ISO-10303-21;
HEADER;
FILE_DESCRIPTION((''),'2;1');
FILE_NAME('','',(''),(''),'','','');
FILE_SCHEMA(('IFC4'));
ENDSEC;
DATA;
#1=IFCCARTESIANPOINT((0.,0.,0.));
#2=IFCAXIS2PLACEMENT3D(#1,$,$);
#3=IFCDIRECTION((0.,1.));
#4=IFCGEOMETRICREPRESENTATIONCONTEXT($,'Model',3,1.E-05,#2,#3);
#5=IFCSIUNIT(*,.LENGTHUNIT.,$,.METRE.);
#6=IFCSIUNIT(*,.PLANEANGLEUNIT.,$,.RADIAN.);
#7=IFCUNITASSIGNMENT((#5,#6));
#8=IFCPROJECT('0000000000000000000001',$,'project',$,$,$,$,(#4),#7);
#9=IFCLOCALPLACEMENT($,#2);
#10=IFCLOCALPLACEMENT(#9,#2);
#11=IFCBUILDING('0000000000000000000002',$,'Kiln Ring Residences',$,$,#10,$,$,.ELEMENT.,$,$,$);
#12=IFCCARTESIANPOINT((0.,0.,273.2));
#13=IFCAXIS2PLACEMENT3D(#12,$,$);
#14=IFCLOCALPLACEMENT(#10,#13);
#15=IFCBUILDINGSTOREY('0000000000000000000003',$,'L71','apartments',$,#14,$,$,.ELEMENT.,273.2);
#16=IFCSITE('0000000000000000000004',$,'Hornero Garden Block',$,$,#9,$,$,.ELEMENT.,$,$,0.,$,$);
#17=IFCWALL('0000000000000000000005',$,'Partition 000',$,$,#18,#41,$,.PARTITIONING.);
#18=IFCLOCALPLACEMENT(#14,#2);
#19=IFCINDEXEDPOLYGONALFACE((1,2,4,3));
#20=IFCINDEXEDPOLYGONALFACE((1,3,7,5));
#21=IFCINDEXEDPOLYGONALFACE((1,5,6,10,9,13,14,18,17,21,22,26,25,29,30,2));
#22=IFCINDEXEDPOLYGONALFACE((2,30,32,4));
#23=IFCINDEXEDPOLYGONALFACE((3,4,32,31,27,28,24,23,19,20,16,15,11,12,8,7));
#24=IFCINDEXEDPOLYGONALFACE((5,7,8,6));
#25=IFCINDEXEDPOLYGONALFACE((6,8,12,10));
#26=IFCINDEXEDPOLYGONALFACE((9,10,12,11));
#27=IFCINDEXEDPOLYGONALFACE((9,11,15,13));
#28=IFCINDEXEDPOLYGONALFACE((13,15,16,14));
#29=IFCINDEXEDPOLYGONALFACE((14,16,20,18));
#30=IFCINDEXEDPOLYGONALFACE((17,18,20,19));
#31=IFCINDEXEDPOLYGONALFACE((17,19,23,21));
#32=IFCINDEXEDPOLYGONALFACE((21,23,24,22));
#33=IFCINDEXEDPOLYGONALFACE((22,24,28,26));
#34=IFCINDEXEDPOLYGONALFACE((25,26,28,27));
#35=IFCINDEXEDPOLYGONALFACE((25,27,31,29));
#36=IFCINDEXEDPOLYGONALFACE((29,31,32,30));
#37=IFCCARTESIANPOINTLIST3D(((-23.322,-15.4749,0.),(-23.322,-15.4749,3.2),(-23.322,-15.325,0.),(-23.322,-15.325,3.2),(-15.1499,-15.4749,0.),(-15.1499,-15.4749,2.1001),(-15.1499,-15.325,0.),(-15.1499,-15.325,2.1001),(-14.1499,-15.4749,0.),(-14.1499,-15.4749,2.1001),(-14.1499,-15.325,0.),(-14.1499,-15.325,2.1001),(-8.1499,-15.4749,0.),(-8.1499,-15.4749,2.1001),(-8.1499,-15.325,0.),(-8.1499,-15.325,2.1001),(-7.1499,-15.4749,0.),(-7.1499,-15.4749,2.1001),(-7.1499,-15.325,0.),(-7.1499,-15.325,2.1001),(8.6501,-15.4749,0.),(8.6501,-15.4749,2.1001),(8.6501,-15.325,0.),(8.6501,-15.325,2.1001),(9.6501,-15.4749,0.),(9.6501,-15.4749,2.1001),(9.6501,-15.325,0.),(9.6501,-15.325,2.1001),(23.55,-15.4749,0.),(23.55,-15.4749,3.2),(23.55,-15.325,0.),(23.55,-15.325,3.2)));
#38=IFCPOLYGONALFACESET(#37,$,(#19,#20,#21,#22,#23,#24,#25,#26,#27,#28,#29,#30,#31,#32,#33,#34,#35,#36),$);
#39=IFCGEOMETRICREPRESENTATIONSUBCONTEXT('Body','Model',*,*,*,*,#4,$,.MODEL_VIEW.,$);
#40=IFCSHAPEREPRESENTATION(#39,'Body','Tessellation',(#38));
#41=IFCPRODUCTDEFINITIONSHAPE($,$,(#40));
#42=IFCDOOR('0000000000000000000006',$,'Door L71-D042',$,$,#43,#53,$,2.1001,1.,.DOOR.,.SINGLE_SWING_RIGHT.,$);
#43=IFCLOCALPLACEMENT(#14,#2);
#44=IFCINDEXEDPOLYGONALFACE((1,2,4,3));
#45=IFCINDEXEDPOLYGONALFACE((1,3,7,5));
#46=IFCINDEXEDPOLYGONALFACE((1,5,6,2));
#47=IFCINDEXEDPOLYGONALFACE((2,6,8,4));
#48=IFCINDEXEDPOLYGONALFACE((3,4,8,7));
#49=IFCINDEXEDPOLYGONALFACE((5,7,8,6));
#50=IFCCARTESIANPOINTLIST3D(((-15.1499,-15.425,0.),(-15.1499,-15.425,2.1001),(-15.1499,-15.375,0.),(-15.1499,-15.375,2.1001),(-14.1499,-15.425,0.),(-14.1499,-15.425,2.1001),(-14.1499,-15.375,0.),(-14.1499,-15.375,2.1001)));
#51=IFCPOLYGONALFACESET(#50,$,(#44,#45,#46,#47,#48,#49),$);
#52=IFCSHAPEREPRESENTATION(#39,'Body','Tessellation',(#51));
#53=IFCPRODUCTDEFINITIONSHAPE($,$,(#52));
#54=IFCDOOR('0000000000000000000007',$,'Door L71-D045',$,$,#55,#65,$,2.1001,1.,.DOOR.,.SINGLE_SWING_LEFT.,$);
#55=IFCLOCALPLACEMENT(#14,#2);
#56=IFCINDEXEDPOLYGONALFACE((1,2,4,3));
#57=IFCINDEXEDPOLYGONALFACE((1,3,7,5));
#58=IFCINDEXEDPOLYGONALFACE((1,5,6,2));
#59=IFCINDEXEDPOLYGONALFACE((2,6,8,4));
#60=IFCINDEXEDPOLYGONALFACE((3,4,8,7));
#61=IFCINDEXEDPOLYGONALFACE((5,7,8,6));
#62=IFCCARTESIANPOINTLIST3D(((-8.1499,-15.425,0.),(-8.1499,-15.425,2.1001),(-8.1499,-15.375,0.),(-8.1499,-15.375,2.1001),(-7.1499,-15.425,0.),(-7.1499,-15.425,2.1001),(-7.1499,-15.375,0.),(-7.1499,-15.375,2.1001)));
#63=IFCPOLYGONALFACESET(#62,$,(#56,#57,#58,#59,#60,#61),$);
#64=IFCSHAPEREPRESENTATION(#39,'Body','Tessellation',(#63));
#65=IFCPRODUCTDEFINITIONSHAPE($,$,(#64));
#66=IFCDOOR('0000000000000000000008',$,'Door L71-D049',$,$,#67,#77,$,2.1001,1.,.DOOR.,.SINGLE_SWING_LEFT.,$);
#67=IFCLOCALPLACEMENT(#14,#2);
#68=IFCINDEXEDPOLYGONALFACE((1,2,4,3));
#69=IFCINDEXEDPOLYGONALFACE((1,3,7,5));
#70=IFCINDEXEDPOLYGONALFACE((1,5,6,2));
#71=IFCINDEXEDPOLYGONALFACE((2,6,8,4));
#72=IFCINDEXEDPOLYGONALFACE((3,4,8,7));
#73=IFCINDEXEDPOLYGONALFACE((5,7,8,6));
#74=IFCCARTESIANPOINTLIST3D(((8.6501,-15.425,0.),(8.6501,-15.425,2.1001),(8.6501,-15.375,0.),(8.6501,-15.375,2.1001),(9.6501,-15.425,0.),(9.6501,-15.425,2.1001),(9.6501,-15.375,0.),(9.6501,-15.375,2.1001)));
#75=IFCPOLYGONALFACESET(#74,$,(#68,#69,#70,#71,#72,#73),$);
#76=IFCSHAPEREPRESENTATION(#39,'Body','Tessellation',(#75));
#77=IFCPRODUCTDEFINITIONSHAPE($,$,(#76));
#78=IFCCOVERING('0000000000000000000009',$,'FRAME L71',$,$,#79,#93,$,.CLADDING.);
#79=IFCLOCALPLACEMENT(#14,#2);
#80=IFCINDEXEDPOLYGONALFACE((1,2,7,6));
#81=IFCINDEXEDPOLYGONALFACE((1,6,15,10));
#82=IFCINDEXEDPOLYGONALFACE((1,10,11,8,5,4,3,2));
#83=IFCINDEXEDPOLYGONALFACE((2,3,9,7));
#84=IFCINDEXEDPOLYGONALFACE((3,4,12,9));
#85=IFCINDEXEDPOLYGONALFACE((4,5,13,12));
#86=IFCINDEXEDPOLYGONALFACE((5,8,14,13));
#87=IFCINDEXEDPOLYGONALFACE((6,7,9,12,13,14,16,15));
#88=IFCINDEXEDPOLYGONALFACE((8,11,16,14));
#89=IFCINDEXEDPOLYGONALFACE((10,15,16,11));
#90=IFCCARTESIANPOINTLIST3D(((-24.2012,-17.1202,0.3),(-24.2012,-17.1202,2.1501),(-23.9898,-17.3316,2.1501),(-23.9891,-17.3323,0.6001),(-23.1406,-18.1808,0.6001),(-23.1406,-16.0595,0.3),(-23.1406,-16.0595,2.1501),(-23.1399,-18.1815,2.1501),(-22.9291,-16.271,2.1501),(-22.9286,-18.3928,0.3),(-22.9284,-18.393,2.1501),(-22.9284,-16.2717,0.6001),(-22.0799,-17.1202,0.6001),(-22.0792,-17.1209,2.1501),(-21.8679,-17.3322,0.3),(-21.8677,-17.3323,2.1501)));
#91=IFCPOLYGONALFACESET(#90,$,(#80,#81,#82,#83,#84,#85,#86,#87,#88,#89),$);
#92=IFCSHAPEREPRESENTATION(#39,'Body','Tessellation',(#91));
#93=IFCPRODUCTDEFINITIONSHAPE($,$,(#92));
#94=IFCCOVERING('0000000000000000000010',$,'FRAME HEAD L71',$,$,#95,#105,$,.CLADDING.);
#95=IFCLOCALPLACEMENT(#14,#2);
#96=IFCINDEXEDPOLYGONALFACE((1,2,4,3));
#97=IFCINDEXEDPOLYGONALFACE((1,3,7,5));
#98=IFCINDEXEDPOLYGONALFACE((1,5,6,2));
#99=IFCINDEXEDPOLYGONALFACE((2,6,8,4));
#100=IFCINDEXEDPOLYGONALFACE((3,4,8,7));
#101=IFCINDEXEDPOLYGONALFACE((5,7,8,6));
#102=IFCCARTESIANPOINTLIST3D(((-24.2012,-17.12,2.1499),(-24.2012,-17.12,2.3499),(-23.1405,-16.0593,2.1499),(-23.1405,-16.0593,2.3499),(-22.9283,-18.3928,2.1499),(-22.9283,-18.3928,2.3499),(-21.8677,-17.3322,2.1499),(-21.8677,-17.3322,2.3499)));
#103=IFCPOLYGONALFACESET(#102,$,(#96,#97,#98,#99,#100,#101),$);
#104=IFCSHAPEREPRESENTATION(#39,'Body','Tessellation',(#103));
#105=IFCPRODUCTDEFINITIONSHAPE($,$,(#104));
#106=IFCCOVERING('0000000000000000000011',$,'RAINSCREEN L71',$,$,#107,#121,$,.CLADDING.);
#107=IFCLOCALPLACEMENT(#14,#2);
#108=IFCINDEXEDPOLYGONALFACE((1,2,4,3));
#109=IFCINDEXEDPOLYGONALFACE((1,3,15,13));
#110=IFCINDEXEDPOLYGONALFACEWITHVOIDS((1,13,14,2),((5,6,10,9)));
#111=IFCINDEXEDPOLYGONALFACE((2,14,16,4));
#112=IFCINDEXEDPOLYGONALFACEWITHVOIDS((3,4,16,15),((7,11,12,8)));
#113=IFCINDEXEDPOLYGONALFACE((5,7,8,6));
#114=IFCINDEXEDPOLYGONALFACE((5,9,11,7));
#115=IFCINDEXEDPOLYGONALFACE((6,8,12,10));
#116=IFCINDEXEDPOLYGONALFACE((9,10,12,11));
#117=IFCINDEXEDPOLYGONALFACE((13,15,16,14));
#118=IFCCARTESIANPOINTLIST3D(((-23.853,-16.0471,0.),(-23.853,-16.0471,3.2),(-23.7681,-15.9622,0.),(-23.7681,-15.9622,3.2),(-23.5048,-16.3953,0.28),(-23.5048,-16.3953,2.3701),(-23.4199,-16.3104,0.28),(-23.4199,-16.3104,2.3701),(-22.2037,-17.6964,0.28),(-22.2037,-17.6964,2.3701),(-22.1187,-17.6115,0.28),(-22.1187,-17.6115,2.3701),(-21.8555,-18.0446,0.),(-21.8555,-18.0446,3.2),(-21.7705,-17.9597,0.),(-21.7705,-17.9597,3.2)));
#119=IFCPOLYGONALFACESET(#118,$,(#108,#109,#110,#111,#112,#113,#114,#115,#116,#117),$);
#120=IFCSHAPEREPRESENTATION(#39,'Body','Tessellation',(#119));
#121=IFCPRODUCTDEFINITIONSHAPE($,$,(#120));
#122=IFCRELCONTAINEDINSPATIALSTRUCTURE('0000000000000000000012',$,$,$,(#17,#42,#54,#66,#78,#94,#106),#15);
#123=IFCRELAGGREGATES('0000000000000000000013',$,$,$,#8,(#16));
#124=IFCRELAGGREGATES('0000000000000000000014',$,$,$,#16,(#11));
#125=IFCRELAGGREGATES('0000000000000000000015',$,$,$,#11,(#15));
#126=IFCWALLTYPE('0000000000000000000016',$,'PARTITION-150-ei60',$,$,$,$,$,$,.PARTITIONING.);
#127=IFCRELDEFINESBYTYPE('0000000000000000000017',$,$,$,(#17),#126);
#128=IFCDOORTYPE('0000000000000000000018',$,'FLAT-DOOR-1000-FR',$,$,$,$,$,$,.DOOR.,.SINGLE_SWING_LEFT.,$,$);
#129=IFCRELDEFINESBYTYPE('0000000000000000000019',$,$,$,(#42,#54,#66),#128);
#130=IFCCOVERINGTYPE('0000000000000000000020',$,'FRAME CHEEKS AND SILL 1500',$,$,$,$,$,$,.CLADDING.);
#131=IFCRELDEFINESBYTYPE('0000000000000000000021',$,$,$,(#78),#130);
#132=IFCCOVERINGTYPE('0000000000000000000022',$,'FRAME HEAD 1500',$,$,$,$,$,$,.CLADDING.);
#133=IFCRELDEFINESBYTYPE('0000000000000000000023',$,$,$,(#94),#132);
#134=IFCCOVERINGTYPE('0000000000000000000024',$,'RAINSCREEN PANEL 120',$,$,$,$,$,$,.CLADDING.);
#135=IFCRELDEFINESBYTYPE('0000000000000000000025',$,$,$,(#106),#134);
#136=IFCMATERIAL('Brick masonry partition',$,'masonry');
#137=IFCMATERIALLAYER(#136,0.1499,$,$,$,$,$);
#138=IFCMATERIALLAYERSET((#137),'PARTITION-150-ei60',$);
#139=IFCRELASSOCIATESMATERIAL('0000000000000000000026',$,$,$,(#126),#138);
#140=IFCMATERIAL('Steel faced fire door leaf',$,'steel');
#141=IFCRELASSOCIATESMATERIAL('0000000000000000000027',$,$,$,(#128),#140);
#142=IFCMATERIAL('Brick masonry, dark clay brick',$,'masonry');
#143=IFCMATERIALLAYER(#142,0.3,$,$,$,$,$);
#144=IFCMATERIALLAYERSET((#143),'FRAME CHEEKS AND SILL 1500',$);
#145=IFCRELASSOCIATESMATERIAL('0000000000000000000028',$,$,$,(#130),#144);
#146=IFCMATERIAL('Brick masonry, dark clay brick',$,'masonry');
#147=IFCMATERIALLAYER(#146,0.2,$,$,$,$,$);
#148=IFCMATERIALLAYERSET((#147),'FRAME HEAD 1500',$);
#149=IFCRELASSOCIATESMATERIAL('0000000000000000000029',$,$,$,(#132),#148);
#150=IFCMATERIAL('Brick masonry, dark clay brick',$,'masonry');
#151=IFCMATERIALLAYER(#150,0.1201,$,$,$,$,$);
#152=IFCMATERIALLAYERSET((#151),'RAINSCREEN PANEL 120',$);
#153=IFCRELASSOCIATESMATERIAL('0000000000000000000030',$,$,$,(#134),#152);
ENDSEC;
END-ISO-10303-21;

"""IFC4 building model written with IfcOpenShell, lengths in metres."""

from ifc_helpers import new_model, si_unit, direction, frame, frame_2d, origin, origin_2d, place, context, subcontext, project, spatial, polyline, rectangle, outline, extrude, material, layer, layer_set, type_object, element, fill, save


model = new_model("IFC4")

# Units and contexts
model_context = context("Model", 3, precision=1e-05, world=origin(), true_north=direction((0.0, 1.0)))
body_context = subcontext(model_context, "Body", "Model", "MODEL_VIEW")
ifc_project = project(units=[si_unit("LENGTHUNIT", "METRE"), si_unit("PLANEANGLEUNIT", "RADIAN")], contexts=[model_context])

# Site, building, storey
site_placement = place(None, origin())
site = spatial("IfcSite", under=ifc_project, at=site_placement, Name="Hornero Garden Block", CompositionType="ELEMENT", RefElevation=0.0)
building_placement = place(site_placement, origin())
building = spatial("IfcBuilding", under=site, at=building_placement, Name="Kiln Ring Residences", CompositionType="ELEMENT")
storey_placement = place(building_placement, frame((0.0, 0.0, 273.2)))
storey = spatial("IfcBuildingStorey", under=building, at=storey_placement, Name="L71", Description="apartments", CompositionType="ELEMENT", Elevation=273.2)

# Wall, openings, doors
ifc_material_1 = material(Name="Brick masonry partition", Category="masonry")
ifc_layer_1 = layer(ifc_material_1, 0.1499)
ifc_layer_set_1 = layer_set([ifc_layer_1], Name="PARTITION-150-ei60")
wall_type_1 = type_object("IfcWallType", Name="PARTITION-150-ei60", PredefinedType="PARTITIONING", material=ifc_layer_set_1)
wall_1_placement = place(storey_placement, frame((-23.322, -15.3999, 0.0), z_axis=(0.0, 0.0, 1.0), x_axis=(1.0, 0.0, 0.0)))
wall_1 = element("IfcWall", 1, at=wall_1_placement, inside=storey, type_object=wall_type_1, Name="Partition 000", PredefinedType="PARTITIONING", context=body_context, shape_type="SweptSolid", body=[
    extrude(rectangle(XDim=46.8721, YDim=0.1499, at=frame_2d((23.436, 0.0))), origin(), (0.0, 0.0, 1.0), 3.2),
])
opening_1_placement = place(wall_1_placement, frame((8.1721, 0.0, 0.0)))
opening_1 = element("IfcOpeningElement", 2, at=opening_1_placement, cuts=wall_1, PredefinedType="OPENING", context=body_context, shape_type="SweptSolid", body=[
    extrude(rectangle(XDim=1.0, YDim=2.1001, at=frame_2d((0.5, 1.05))), frame((0.0, 0.085, 0.0), z_axis=(0.0, -1.0, 0.0), x_axis=(1.0, 0.0, 0.0)), (0.0, 0.0, 1.0), 0.1699),
])
opening_2_placement = place(wall_1_placement, frame((15.1721, 0.0, 0.0)))
opening_2 = element("IfcOpeningElement", 3, at=opening_2_placement, cuts=wall_1, PredefinedType="OPENING", context=body_context, shape_type="SweptSolid", body=[
    extrude(rectangle(XDim=1.0, YDim=2.1001, at=frame_2d((0.5, 1.05))), frame((0.0, 0.085, 0.0), z_axis=(0.0, -1.0, 0.0), x_axis=(1.0, 0.0, 0.0)), (0.0, 0.0, 1.0), 0.1699),
])
opening_3_placement = place(wall_1_placement, frame((31.9722, 0.0, 0.0)))
opening_3 = element("IfcOpeningElement", 4, at=opening_3_placement, cuts=wall_1, PredefinedType="OPENING", context=body_context, shape_type="SweptSolid", body=[
    extrude(rectangle(XDim=1.0, YDim=2.1001, at=frame_2d((0.5, 1.05))), frame((0.0, 0.085, 0.0), z_axis=(0.0, -1.0, 0.0), x_axis=(1.0, 0.0, 0.0)), (0.0, 0.0, 1.0), 0.1699),
])
ifc_material_2 = material(Name="Steel faced fire door leaf", Category="steel")
door_type_1 = type_object("IfcDoorType", Name="FLAT-DOOR-1000-FR", OperationType="SINGLE_SWING_LEFT", PredefinedType="DOOR", material=ifc_material_2)
door_1_placement = place(opening_1_placement, origin())
door_1 = element("IfcDoor", 5, at=door_1_placement, inside=storey, type_object=door_type_1, Name="Door L71-D042", OperationType="SINGLE_SWING_RIGHT", OverallHeight=2.1001, OverallWidth=1.0, PredefinedType="DOOR", context=body_context, shape_type="SweptSolid", body=[
    extrude(rectangle(XDim=1.0, YDim=2.1001, at=frame_2d((0.5, 1.05))), frame((0.0, 0.0249, 0.0), z_axis=(0.0, -1.0, 0.0), x_axis=(1.0, 0.0, 0.0)), (0.0, 0.0, 1.0), 0.05),
])
fill(opening_1, door_1)
door_2_placement = place(opening_2_placement, origin())
door_2 = element("IfcDoor", 6, at=door_2_placement, inside=storey, type_object=door_type_1, Name="Door L71-D045", OperationType="SINGLE_SWING_LEFT", OverallHeight=2.1001, OverallWidth=1.0, PredefinedType="DOOR", context=body_context, shape_type="SweptSolid", body=[
    extrude(rectangle(XDim=1.0, YDim=2.1001, at=frame_2d((0.5, 1.05))), frame((0.0, 0.0249, 0.0), z_axis=(0.0, -1.0, 0.0), x_axis=(1.0, 0.0, 0.0)), (0.0, 0.0, 1.0), 0.05),
])
fill(opening_2, door_2)
door_3_placement = place(opening_3_placement, origin())
door_3 = element("IfcDoor", 7, at=door_3_placement, inside=storey, type_object=door_type_1, Name="Door L71-D049", OperationType="SINGLE_SWING_LEFT", OverallHeight=2.1001, OverallWidth=1.0, PredefinedType="DOOR", context=body_context, shape_type="SweptSolid", body=[
    extrude(rectangle(XDim=1.0, YDim=2.1001, at=frame_2d((0.5, 1.05))), frame((0.0, 0.0249, 0.0), z_axis=(0.0, -1.0, 0.0), x_axis=(1.0, 0.0, 0.0)), (0.0, 0.0, 1.0), 0.05),
])
fill(opening_3, door_3)

# Coverings
ifc_material_3 = material(Name="Brick masonry, dark clay brick", Category="masonry")
ifc_layer_2 = layer(ifc_material_3, 0.3)
ifc_layer_set_2 = layer_set([ifc_layer_2], Name="FRAME CHEEKS AND SILL 1500")
covering_type_1 = type_object("IfcCoveringType", Name="FRAME CHEEKS AND SILL 1500", PredefinedType="CLADDING", material=ifc_layer_set_2)
covering_1_placement = place(storey_placement, frame((-23.6709, -16.5898, 0.3), z_axis=(0.0, 0.0, 1.0), x_axis=(0.707107, -0.707107, 0.0)))
element("IfcCovering", 8, at=covering_1_placement, inside=storey, type_object=covering_type_1, Name="FRAME L71", PredefinedType="CLADDING", context=body_context, shape_type="SweptSolid", body=[
    extrude(outline(polyline([(0.0, 0.0), (1.7998, 0.0), (1.8, 1.8501), (1.501, 1.8501), (1.5, 0.3), (0.3, 0.3), (0.2991, 1.8501), (0.0, 1.8501), (0.0, 0.0)])), frame((0.0, 0.75, 0.0), z_axis=(0.0, -1.0, 0.0), x_axis=(1.0, 0.0, 0.0)), (0.0, 0.0, 1.0), 1.5),
])
ifc_material_4 = material(Name="Brick masonry, dark clay brick", Category="masonry")
ifc_layer_3 = layer(ifc_material_4, 0.2)
ifc_layer_set_3 = layer_set([ifc_layer_3], Name="FRAME HEAD 1500")
covering_type_2 = type_object("IfcCoveringType", Name="FRAME HEAD 1500", PredefinedType="CLADDING", material=ifc_layer_set_3)
covering_2_placement = place(storey_placement, frame((-23.0344, -17.2261, 2.1499), z_axis=(0.0, 0.0, 1.0), x_axis=(0.707107, -0.707107, 0.0)))
element("IfcCovering", 9, at=covering_2_placement, inside=storey, type_object=covering_type_2, Name="FRAME HEAD L71", PredefinedType="CLADDING", context=body_context, shape_type="SweptSolid", body=[
    extrude(rectangle(XDim=1.8, YDim=1.5, at=origin_2d()), origin(), (0.0, 0.0, 1.0), 0.2),
])
ifc_material_5 = material(Name="Brick masonry, dark clay brick", Category="masonry")
ifc_layer_4 = layer(ifc_material_5, 0.1201)
ifc_layer_set_4 = layer_set([ifc_layer_4], Name="RAINSCREEN PANEL 120")
covering_type_3 = type_object("IfcCoveringType", Name="RAINSCREEN PANEL 120", PredefinedType="CLADDING", material=ifc_layer_set_4)
covering_3_placement = place(storey_placement, frame((-23.8105, -16.0046, 0.0), z_axis=(0.0, 0.0, 1.0), x_axis=(0.707107, -0.707107, 0.0)))
element("IfcCovering", 10, at=covering_3_placement, inside=storey, type_object=covering_type_3, Name="RAINSCREEN L71", PredefinedType="CLADDING", context=body_context, shape_type="SweptSolid", body=[
    extrude(outline(polyline([(0.0, 0.0), (2.825, 0.0), (2.825, 3.2), (0.0, 3.2), (0.0, 0.0)]), holes=[polyline([(0.4924, 2.3701), (0.4924, 0.28), (2.3325, 0.28), (2.3325, 2.3701), (0.4924, 2.3701)])]), frame((0.0, 0.0601, 0.0), z_axis=(0.0, -1.0, 0.0), x_axis=(1.0, 0.0, 0.0)), (0.0, 0.0, 1.0), 0.1201),
])

save(model, "model.ifc")
